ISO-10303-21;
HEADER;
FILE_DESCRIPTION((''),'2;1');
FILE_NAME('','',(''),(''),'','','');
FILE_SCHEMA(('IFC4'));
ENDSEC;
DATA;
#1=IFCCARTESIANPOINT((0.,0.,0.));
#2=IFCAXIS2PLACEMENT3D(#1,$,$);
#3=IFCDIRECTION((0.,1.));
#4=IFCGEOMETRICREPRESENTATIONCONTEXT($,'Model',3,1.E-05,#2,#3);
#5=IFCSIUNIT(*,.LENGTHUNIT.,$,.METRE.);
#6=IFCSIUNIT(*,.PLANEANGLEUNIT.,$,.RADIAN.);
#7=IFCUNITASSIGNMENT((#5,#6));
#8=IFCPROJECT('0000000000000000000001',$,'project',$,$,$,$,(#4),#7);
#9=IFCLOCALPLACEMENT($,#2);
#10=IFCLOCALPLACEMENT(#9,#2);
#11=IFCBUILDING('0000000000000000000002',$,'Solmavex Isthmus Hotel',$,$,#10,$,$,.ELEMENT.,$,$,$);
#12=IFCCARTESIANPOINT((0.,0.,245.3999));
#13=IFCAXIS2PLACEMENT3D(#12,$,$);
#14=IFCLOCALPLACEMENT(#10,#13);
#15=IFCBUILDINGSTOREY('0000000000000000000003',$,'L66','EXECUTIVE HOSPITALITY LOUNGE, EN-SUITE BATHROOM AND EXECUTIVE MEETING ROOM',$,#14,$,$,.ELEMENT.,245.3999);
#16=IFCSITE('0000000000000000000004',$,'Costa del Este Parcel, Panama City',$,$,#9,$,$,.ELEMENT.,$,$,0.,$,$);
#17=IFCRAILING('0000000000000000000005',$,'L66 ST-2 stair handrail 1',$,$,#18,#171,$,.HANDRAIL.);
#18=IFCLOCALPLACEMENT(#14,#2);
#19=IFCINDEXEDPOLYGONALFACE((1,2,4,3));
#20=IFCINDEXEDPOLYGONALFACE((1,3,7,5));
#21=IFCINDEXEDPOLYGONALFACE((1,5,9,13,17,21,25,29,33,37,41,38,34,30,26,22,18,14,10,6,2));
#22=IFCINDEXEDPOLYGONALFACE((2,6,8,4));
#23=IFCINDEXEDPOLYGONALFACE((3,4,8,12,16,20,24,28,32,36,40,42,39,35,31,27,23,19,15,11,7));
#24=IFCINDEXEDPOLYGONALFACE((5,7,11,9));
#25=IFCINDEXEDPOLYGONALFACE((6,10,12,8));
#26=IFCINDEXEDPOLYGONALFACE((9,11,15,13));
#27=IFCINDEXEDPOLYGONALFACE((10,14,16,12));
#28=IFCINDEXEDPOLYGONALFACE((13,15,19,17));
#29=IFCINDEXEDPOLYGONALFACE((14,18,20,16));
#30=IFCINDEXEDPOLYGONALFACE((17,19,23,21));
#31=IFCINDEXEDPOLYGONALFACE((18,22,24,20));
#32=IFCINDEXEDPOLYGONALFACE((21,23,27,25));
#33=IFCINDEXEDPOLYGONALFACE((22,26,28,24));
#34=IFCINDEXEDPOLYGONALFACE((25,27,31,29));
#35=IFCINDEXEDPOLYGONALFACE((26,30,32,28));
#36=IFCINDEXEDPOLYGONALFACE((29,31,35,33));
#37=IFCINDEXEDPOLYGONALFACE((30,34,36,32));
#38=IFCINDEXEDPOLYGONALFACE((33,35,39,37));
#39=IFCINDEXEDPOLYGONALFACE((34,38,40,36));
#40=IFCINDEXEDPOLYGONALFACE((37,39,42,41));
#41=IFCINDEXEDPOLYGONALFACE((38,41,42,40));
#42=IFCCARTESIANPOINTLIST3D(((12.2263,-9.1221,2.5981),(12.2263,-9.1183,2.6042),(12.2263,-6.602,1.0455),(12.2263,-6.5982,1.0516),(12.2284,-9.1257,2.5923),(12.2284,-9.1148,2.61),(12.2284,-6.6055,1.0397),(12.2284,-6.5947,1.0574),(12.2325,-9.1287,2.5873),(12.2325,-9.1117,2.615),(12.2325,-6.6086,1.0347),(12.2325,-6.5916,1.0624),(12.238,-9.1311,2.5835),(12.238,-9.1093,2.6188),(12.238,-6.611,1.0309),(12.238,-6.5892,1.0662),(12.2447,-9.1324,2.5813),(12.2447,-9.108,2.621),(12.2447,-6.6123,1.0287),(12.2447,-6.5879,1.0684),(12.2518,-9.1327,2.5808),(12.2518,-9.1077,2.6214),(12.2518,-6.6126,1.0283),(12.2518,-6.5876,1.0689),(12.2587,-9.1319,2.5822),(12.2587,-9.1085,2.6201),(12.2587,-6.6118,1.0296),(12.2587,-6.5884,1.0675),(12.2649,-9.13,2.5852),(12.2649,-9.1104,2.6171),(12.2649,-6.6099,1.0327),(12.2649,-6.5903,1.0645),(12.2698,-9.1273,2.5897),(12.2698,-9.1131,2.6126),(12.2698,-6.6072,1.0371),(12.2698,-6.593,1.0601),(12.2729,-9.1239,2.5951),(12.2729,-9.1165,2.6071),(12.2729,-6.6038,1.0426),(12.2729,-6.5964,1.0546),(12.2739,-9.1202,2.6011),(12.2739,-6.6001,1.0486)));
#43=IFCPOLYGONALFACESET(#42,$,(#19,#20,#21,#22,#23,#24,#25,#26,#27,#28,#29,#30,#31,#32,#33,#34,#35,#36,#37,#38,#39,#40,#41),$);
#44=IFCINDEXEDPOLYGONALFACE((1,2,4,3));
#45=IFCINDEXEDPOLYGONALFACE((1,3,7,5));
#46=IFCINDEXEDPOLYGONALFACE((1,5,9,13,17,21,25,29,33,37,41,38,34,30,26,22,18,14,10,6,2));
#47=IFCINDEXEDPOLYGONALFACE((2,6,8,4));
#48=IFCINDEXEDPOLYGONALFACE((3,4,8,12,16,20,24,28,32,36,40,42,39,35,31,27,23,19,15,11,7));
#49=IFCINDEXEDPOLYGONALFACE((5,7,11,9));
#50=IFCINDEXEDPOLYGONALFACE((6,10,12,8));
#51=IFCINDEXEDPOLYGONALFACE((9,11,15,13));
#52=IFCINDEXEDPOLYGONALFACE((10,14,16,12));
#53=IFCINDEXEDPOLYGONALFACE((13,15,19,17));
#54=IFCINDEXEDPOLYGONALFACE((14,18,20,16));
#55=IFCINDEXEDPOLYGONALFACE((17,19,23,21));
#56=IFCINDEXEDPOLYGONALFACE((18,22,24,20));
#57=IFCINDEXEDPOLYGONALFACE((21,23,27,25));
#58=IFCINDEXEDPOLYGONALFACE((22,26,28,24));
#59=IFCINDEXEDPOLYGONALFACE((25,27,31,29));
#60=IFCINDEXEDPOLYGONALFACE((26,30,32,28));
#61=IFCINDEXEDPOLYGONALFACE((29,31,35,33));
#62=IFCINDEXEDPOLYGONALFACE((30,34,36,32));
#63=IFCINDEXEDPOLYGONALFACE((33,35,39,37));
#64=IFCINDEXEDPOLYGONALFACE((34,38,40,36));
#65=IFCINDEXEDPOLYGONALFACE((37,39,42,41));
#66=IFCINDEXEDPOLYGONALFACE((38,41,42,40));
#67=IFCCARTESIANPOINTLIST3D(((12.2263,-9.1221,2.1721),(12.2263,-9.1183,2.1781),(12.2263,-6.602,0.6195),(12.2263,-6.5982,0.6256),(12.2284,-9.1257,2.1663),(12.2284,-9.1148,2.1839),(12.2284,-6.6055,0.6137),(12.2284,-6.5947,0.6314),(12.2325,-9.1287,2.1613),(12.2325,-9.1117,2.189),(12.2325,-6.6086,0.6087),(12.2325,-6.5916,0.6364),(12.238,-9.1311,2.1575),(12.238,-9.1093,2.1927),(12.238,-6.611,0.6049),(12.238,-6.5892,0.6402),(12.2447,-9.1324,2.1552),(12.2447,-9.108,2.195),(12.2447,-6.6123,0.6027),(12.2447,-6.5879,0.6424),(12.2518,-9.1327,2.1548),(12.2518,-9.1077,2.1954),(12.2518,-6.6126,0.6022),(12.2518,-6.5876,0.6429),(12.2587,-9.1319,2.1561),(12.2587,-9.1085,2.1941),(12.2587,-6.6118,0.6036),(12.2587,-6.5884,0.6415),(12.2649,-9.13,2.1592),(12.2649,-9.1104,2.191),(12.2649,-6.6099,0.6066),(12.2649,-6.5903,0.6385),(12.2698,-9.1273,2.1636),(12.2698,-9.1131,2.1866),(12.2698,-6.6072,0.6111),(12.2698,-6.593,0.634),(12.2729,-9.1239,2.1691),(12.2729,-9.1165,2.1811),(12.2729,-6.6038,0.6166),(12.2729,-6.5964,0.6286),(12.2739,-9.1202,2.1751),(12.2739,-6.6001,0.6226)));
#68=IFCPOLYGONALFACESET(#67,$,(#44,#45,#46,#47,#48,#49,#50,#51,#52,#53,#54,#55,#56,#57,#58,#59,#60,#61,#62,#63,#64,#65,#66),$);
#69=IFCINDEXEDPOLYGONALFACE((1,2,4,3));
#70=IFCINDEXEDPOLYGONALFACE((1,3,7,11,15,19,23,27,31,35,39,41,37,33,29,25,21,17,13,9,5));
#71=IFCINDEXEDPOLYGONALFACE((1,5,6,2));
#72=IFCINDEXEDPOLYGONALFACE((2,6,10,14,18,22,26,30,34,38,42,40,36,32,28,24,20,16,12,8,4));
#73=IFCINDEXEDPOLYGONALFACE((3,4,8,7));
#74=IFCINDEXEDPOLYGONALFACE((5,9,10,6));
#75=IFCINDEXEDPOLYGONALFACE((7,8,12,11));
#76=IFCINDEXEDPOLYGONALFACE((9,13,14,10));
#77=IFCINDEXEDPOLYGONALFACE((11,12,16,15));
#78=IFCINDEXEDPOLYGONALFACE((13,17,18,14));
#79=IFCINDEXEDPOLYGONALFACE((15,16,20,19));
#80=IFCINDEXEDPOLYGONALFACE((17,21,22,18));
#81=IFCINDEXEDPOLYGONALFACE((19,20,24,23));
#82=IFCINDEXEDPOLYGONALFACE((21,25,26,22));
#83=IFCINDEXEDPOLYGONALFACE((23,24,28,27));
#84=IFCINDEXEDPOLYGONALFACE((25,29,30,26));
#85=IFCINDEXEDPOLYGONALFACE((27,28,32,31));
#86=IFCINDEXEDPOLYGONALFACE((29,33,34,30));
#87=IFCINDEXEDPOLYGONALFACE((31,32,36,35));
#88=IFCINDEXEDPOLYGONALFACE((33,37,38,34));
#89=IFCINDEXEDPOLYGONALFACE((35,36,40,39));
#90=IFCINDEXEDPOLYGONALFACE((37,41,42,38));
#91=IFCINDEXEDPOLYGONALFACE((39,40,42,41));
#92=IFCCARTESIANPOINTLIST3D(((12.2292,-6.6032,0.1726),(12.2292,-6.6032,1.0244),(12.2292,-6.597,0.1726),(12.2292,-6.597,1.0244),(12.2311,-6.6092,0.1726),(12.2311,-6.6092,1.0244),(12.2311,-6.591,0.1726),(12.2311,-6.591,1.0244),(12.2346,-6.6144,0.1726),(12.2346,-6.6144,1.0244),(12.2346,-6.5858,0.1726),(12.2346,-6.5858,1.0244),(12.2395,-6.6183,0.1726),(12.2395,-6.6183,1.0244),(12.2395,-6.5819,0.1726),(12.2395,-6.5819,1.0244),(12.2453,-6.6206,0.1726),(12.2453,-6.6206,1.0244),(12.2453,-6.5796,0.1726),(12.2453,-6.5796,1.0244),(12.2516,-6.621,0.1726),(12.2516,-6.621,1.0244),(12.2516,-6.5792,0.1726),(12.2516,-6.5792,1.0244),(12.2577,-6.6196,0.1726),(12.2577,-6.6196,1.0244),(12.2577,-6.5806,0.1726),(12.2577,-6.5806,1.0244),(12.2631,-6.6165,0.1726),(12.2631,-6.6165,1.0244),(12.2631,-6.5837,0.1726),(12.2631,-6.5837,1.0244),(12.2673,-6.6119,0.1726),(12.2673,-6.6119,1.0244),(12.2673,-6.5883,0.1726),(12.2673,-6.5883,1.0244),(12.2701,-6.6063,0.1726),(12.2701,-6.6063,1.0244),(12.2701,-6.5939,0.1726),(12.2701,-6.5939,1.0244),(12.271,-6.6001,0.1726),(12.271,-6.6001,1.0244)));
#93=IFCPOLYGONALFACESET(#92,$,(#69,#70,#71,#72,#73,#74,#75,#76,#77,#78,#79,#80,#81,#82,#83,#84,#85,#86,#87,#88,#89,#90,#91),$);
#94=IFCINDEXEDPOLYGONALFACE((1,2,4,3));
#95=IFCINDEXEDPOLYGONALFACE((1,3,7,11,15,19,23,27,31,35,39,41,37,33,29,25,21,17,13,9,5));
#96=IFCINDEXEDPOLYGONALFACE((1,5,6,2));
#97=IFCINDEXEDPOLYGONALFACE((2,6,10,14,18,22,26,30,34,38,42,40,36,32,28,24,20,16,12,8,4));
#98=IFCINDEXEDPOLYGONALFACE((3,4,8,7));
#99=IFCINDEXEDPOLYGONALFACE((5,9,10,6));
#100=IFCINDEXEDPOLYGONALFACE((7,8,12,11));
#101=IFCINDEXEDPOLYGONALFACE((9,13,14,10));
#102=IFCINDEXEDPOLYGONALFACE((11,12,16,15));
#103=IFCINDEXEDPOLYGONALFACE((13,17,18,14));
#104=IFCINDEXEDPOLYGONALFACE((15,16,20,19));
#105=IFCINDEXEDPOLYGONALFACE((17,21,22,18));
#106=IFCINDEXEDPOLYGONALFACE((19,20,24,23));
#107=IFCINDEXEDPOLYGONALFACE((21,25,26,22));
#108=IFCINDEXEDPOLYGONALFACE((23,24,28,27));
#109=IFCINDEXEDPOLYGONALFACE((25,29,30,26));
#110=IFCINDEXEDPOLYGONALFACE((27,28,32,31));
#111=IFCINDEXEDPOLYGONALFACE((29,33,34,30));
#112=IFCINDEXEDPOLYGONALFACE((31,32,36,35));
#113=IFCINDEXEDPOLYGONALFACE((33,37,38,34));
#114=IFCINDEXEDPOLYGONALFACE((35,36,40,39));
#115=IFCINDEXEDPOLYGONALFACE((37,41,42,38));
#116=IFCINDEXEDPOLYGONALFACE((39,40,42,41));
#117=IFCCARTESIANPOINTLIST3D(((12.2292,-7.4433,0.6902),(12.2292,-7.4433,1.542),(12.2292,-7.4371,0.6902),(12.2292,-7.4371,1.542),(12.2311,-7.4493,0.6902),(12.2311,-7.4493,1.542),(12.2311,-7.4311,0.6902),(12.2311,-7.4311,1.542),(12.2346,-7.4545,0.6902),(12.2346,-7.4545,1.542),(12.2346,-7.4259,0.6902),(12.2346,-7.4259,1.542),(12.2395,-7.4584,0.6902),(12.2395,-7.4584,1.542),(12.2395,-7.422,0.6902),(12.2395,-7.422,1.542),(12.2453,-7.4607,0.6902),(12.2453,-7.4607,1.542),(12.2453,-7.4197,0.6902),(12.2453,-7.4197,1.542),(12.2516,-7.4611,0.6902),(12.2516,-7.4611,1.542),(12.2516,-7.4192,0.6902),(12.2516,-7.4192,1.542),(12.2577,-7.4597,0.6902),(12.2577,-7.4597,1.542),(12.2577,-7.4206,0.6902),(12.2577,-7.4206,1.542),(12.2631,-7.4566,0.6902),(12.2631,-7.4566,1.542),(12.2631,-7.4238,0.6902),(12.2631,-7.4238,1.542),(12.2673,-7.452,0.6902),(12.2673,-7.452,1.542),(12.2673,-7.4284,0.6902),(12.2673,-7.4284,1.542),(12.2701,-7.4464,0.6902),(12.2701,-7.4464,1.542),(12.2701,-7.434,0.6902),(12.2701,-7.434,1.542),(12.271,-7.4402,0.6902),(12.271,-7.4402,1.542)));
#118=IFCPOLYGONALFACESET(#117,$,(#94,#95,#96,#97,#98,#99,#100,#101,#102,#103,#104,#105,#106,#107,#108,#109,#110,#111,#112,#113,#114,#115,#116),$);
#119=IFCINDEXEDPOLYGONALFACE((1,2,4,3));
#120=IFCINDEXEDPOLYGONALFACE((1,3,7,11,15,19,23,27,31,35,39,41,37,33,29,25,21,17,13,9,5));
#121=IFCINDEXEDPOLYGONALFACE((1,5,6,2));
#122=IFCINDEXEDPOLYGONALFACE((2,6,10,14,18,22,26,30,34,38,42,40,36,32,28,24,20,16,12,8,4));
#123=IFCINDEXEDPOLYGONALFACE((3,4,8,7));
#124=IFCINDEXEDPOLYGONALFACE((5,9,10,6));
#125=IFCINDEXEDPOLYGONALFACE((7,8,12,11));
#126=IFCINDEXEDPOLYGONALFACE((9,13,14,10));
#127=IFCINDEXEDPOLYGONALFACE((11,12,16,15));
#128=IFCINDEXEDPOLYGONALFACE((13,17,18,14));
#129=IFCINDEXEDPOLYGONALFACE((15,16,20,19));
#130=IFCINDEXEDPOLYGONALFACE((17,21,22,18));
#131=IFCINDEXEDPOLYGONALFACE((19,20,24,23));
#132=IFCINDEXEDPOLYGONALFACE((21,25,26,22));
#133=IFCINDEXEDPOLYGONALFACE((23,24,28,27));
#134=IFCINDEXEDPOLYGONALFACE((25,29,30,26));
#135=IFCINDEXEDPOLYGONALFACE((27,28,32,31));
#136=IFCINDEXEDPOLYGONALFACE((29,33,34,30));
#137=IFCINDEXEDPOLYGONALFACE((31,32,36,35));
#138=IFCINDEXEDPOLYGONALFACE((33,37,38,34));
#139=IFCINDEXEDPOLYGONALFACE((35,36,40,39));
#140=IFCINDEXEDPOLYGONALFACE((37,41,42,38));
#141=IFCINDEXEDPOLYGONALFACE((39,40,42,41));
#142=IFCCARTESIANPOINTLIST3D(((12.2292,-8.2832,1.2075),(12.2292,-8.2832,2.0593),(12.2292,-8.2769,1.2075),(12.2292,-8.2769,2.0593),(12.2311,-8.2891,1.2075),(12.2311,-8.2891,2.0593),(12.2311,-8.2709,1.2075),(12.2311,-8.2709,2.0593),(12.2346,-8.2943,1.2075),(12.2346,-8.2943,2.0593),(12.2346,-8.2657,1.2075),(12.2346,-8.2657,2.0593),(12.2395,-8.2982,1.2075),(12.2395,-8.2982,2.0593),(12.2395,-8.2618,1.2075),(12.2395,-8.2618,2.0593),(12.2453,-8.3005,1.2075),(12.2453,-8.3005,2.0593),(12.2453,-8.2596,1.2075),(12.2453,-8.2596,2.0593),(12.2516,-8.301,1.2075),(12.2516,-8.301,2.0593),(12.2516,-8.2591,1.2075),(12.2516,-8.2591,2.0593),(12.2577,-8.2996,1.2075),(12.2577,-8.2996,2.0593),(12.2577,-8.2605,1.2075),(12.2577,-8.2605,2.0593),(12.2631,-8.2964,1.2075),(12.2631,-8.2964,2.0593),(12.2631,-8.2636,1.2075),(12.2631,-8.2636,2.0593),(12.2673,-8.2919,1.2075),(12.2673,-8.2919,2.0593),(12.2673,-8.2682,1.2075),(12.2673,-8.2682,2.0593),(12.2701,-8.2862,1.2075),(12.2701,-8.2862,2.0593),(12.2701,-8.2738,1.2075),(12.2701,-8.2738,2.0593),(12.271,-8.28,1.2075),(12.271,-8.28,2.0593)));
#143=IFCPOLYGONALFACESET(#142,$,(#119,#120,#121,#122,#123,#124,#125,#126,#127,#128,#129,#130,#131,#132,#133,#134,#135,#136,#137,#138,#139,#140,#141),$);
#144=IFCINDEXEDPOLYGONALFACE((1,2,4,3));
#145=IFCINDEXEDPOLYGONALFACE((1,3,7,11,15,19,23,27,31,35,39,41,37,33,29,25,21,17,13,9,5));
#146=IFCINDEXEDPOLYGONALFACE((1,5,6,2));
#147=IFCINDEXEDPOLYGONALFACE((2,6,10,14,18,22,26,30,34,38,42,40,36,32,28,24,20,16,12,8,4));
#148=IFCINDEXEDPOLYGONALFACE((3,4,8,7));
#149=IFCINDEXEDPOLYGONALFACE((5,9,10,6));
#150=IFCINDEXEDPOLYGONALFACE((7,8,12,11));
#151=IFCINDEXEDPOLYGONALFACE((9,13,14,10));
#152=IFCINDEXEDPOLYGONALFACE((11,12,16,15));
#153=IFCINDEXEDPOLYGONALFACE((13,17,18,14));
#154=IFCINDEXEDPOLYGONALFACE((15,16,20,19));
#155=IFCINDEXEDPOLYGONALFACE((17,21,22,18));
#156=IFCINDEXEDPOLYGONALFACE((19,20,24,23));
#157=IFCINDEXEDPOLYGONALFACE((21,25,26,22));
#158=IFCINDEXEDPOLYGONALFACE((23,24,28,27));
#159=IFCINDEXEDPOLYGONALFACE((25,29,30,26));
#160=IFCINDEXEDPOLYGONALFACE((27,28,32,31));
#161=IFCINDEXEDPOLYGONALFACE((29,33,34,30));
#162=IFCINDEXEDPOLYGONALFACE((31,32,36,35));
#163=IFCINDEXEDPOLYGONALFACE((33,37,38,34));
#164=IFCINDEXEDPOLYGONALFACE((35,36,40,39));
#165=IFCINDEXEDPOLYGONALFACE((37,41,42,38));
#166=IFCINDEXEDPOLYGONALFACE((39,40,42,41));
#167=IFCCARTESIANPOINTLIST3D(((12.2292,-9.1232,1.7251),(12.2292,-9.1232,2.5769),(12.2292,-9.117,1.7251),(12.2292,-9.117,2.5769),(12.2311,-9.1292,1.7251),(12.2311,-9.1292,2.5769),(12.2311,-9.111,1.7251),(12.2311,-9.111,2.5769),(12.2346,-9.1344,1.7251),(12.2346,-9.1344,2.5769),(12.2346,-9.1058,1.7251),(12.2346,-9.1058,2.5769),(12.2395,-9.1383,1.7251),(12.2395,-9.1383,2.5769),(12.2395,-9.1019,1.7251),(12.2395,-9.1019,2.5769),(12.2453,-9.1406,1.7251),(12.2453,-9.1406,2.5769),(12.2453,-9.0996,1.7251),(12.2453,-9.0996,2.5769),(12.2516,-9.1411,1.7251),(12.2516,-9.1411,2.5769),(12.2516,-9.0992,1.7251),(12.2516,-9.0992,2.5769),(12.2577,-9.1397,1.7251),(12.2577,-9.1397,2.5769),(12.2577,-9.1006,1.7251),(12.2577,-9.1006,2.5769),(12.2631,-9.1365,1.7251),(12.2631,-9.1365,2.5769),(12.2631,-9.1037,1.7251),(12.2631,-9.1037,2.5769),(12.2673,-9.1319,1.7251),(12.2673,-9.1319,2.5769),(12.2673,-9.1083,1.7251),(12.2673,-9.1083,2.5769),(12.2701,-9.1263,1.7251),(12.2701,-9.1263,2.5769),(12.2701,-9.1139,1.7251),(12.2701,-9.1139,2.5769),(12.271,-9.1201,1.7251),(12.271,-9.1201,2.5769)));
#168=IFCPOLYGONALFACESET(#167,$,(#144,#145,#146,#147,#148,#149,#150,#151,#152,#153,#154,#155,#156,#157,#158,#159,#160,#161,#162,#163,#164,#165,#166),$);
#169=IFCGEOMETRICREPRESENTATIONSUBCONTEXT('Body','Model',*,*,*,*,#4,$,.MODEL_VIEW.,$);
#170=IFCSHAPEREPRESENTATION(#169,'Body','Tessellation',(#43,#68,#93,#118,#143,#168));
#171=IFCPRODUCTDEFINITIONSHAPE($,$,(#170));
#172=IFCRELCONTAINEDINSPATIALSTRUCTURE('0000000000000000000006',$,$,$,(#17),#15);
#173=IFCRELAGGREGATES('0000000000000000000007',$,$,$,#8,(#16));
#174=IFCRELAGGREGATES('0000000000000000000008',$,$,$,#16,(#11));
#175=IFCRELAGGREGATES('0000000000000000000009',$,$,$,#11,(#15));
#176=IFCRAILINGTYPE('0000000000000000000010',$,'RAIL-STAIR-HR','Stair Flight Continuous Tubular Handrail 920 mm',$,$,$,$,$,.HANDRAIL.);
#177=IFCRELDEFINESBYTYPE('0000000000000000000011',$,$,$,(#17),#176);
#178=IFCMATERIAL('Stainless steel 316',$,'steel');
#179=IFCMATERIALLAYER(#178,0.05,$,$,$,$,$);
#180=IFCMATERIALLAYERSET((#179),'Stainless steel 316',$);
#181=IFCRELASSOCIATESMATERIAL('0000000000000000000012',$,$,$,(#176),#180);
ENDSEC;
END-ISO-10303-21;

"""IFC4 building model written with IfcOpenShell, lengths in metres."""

from ifc_helpers import new_model, si_unit, direction, frame, origin, origin_2d, place, context, subcontext, project, spatial, circle, extrude, material, layer, layer_set, type_object, element, save


model = new_model("IFC4")

# Units and contexts
model_context = context("Model", 3, precision=1e-05, world=origin(), true_north=direction((0.0, 1.0)))
body_context = subcontext(model_context, "Body", "Model", "MODEL_VIEW")
ifc_project = project(units=[si_unit("LENGTHUNIT", "METRE"), si_unit("PLANEANGLEUNIT", "RADIAN")], contexts=[model_context])

# Site, building, storey
site_placement = place(None, origin())
site = spatial("IfcSite", under=ifc_project, at=site_placement, Name="Costa del Este Parcel, Panama City", CompositionType="ELEMENT", RefElevation=0.0)
building_placement = place(site_placement, origin())
building = spatial("IfcBuilding", under=site, at=building_placement, Name="Solmavex Isthmus Hotel", CompositionType="ELEMENT")
storey_placement = place(building_placement, frame((0.0, 0.0, 245.3999)))
storey = spatial("IfcBuildingStorey", under=building, at=storey_placement, Name="L66", Description="EXECUTIVE HOSPITALITY LOUNGE, EN-SUITE BATHROOM AND EXECUTIVE MEETING ROOM", CompositionType="ELEMENT", Elevation=245.3999)

# Railing
ifc_material_1 = material(Name="Stainless steel 316", Category="steel")
ifc_layer_1 = layer(ifc_material_1, 0.05)
ifc_layer_set_1 = layer_set([ifc_layer_1], Name="Stainless steel 316")
railing_type_1 = type_object("IfcRailingType", Name="RAIL-STAIR-HR", Description="Stair Flight Continuous Tubular Handrail 920 mm", PredefinedType="HANDRAIL", material=ifc_layer_set_1)
railing_1_placement = place(storey_placement, frame((12.25, -6.6001, 0.1726)))
element("IfcRailing", 1, at=railing_1_placement, inside=storey, type_object=railing_type_1, Name="L66 ST-2 stair handrail 1", PredefinedType="HANDRAIL", context=body_context, shape_type="SweptSolid", body=[
    extrude(circle(Radius=0.0239, at=origin_2d()), frame((0.0, 0.0, 0.876), z_axis=(0.0, -0.8514, 0.524516), x_axis=(1.0, 0.0, 0.0)), (0.0, 0.0, 1.0), 2.96),
    extrude(circle(Radius=0.0239, at=origin_2d()), frame((0.0, 0.0, 0.45), z_axis=(0.0, -0.8514, 0.524516), x_axis=(1.0, 0.0, 0.0)), (0.0, 0.0, 1.0), 2.96),
    extrude(circle(Radius=0.021, at=origin_2d()), origin(), (0.0, 0.0, 1.0), 0.8518),
    extrude(circle(Radius=0.021, at=origin_2d()), frame((0.0, -0.8401, 0.5176)), (0.0, 0.0, 1.0), 0.8518),
    extrude(circle(Radius=0.021, at=origin_2d()), frame((0.0, -1.6799, 1.0349)), (0.0, 0.0, 1.0), 0.8518),
    extrude(circle(Radius=0.021, at=origin_2d()), frame((0.0, -2.52, 1.5525)), (0.0, 0.0, 1.0), 0.8518),
])

save(model, "model.ifc")
